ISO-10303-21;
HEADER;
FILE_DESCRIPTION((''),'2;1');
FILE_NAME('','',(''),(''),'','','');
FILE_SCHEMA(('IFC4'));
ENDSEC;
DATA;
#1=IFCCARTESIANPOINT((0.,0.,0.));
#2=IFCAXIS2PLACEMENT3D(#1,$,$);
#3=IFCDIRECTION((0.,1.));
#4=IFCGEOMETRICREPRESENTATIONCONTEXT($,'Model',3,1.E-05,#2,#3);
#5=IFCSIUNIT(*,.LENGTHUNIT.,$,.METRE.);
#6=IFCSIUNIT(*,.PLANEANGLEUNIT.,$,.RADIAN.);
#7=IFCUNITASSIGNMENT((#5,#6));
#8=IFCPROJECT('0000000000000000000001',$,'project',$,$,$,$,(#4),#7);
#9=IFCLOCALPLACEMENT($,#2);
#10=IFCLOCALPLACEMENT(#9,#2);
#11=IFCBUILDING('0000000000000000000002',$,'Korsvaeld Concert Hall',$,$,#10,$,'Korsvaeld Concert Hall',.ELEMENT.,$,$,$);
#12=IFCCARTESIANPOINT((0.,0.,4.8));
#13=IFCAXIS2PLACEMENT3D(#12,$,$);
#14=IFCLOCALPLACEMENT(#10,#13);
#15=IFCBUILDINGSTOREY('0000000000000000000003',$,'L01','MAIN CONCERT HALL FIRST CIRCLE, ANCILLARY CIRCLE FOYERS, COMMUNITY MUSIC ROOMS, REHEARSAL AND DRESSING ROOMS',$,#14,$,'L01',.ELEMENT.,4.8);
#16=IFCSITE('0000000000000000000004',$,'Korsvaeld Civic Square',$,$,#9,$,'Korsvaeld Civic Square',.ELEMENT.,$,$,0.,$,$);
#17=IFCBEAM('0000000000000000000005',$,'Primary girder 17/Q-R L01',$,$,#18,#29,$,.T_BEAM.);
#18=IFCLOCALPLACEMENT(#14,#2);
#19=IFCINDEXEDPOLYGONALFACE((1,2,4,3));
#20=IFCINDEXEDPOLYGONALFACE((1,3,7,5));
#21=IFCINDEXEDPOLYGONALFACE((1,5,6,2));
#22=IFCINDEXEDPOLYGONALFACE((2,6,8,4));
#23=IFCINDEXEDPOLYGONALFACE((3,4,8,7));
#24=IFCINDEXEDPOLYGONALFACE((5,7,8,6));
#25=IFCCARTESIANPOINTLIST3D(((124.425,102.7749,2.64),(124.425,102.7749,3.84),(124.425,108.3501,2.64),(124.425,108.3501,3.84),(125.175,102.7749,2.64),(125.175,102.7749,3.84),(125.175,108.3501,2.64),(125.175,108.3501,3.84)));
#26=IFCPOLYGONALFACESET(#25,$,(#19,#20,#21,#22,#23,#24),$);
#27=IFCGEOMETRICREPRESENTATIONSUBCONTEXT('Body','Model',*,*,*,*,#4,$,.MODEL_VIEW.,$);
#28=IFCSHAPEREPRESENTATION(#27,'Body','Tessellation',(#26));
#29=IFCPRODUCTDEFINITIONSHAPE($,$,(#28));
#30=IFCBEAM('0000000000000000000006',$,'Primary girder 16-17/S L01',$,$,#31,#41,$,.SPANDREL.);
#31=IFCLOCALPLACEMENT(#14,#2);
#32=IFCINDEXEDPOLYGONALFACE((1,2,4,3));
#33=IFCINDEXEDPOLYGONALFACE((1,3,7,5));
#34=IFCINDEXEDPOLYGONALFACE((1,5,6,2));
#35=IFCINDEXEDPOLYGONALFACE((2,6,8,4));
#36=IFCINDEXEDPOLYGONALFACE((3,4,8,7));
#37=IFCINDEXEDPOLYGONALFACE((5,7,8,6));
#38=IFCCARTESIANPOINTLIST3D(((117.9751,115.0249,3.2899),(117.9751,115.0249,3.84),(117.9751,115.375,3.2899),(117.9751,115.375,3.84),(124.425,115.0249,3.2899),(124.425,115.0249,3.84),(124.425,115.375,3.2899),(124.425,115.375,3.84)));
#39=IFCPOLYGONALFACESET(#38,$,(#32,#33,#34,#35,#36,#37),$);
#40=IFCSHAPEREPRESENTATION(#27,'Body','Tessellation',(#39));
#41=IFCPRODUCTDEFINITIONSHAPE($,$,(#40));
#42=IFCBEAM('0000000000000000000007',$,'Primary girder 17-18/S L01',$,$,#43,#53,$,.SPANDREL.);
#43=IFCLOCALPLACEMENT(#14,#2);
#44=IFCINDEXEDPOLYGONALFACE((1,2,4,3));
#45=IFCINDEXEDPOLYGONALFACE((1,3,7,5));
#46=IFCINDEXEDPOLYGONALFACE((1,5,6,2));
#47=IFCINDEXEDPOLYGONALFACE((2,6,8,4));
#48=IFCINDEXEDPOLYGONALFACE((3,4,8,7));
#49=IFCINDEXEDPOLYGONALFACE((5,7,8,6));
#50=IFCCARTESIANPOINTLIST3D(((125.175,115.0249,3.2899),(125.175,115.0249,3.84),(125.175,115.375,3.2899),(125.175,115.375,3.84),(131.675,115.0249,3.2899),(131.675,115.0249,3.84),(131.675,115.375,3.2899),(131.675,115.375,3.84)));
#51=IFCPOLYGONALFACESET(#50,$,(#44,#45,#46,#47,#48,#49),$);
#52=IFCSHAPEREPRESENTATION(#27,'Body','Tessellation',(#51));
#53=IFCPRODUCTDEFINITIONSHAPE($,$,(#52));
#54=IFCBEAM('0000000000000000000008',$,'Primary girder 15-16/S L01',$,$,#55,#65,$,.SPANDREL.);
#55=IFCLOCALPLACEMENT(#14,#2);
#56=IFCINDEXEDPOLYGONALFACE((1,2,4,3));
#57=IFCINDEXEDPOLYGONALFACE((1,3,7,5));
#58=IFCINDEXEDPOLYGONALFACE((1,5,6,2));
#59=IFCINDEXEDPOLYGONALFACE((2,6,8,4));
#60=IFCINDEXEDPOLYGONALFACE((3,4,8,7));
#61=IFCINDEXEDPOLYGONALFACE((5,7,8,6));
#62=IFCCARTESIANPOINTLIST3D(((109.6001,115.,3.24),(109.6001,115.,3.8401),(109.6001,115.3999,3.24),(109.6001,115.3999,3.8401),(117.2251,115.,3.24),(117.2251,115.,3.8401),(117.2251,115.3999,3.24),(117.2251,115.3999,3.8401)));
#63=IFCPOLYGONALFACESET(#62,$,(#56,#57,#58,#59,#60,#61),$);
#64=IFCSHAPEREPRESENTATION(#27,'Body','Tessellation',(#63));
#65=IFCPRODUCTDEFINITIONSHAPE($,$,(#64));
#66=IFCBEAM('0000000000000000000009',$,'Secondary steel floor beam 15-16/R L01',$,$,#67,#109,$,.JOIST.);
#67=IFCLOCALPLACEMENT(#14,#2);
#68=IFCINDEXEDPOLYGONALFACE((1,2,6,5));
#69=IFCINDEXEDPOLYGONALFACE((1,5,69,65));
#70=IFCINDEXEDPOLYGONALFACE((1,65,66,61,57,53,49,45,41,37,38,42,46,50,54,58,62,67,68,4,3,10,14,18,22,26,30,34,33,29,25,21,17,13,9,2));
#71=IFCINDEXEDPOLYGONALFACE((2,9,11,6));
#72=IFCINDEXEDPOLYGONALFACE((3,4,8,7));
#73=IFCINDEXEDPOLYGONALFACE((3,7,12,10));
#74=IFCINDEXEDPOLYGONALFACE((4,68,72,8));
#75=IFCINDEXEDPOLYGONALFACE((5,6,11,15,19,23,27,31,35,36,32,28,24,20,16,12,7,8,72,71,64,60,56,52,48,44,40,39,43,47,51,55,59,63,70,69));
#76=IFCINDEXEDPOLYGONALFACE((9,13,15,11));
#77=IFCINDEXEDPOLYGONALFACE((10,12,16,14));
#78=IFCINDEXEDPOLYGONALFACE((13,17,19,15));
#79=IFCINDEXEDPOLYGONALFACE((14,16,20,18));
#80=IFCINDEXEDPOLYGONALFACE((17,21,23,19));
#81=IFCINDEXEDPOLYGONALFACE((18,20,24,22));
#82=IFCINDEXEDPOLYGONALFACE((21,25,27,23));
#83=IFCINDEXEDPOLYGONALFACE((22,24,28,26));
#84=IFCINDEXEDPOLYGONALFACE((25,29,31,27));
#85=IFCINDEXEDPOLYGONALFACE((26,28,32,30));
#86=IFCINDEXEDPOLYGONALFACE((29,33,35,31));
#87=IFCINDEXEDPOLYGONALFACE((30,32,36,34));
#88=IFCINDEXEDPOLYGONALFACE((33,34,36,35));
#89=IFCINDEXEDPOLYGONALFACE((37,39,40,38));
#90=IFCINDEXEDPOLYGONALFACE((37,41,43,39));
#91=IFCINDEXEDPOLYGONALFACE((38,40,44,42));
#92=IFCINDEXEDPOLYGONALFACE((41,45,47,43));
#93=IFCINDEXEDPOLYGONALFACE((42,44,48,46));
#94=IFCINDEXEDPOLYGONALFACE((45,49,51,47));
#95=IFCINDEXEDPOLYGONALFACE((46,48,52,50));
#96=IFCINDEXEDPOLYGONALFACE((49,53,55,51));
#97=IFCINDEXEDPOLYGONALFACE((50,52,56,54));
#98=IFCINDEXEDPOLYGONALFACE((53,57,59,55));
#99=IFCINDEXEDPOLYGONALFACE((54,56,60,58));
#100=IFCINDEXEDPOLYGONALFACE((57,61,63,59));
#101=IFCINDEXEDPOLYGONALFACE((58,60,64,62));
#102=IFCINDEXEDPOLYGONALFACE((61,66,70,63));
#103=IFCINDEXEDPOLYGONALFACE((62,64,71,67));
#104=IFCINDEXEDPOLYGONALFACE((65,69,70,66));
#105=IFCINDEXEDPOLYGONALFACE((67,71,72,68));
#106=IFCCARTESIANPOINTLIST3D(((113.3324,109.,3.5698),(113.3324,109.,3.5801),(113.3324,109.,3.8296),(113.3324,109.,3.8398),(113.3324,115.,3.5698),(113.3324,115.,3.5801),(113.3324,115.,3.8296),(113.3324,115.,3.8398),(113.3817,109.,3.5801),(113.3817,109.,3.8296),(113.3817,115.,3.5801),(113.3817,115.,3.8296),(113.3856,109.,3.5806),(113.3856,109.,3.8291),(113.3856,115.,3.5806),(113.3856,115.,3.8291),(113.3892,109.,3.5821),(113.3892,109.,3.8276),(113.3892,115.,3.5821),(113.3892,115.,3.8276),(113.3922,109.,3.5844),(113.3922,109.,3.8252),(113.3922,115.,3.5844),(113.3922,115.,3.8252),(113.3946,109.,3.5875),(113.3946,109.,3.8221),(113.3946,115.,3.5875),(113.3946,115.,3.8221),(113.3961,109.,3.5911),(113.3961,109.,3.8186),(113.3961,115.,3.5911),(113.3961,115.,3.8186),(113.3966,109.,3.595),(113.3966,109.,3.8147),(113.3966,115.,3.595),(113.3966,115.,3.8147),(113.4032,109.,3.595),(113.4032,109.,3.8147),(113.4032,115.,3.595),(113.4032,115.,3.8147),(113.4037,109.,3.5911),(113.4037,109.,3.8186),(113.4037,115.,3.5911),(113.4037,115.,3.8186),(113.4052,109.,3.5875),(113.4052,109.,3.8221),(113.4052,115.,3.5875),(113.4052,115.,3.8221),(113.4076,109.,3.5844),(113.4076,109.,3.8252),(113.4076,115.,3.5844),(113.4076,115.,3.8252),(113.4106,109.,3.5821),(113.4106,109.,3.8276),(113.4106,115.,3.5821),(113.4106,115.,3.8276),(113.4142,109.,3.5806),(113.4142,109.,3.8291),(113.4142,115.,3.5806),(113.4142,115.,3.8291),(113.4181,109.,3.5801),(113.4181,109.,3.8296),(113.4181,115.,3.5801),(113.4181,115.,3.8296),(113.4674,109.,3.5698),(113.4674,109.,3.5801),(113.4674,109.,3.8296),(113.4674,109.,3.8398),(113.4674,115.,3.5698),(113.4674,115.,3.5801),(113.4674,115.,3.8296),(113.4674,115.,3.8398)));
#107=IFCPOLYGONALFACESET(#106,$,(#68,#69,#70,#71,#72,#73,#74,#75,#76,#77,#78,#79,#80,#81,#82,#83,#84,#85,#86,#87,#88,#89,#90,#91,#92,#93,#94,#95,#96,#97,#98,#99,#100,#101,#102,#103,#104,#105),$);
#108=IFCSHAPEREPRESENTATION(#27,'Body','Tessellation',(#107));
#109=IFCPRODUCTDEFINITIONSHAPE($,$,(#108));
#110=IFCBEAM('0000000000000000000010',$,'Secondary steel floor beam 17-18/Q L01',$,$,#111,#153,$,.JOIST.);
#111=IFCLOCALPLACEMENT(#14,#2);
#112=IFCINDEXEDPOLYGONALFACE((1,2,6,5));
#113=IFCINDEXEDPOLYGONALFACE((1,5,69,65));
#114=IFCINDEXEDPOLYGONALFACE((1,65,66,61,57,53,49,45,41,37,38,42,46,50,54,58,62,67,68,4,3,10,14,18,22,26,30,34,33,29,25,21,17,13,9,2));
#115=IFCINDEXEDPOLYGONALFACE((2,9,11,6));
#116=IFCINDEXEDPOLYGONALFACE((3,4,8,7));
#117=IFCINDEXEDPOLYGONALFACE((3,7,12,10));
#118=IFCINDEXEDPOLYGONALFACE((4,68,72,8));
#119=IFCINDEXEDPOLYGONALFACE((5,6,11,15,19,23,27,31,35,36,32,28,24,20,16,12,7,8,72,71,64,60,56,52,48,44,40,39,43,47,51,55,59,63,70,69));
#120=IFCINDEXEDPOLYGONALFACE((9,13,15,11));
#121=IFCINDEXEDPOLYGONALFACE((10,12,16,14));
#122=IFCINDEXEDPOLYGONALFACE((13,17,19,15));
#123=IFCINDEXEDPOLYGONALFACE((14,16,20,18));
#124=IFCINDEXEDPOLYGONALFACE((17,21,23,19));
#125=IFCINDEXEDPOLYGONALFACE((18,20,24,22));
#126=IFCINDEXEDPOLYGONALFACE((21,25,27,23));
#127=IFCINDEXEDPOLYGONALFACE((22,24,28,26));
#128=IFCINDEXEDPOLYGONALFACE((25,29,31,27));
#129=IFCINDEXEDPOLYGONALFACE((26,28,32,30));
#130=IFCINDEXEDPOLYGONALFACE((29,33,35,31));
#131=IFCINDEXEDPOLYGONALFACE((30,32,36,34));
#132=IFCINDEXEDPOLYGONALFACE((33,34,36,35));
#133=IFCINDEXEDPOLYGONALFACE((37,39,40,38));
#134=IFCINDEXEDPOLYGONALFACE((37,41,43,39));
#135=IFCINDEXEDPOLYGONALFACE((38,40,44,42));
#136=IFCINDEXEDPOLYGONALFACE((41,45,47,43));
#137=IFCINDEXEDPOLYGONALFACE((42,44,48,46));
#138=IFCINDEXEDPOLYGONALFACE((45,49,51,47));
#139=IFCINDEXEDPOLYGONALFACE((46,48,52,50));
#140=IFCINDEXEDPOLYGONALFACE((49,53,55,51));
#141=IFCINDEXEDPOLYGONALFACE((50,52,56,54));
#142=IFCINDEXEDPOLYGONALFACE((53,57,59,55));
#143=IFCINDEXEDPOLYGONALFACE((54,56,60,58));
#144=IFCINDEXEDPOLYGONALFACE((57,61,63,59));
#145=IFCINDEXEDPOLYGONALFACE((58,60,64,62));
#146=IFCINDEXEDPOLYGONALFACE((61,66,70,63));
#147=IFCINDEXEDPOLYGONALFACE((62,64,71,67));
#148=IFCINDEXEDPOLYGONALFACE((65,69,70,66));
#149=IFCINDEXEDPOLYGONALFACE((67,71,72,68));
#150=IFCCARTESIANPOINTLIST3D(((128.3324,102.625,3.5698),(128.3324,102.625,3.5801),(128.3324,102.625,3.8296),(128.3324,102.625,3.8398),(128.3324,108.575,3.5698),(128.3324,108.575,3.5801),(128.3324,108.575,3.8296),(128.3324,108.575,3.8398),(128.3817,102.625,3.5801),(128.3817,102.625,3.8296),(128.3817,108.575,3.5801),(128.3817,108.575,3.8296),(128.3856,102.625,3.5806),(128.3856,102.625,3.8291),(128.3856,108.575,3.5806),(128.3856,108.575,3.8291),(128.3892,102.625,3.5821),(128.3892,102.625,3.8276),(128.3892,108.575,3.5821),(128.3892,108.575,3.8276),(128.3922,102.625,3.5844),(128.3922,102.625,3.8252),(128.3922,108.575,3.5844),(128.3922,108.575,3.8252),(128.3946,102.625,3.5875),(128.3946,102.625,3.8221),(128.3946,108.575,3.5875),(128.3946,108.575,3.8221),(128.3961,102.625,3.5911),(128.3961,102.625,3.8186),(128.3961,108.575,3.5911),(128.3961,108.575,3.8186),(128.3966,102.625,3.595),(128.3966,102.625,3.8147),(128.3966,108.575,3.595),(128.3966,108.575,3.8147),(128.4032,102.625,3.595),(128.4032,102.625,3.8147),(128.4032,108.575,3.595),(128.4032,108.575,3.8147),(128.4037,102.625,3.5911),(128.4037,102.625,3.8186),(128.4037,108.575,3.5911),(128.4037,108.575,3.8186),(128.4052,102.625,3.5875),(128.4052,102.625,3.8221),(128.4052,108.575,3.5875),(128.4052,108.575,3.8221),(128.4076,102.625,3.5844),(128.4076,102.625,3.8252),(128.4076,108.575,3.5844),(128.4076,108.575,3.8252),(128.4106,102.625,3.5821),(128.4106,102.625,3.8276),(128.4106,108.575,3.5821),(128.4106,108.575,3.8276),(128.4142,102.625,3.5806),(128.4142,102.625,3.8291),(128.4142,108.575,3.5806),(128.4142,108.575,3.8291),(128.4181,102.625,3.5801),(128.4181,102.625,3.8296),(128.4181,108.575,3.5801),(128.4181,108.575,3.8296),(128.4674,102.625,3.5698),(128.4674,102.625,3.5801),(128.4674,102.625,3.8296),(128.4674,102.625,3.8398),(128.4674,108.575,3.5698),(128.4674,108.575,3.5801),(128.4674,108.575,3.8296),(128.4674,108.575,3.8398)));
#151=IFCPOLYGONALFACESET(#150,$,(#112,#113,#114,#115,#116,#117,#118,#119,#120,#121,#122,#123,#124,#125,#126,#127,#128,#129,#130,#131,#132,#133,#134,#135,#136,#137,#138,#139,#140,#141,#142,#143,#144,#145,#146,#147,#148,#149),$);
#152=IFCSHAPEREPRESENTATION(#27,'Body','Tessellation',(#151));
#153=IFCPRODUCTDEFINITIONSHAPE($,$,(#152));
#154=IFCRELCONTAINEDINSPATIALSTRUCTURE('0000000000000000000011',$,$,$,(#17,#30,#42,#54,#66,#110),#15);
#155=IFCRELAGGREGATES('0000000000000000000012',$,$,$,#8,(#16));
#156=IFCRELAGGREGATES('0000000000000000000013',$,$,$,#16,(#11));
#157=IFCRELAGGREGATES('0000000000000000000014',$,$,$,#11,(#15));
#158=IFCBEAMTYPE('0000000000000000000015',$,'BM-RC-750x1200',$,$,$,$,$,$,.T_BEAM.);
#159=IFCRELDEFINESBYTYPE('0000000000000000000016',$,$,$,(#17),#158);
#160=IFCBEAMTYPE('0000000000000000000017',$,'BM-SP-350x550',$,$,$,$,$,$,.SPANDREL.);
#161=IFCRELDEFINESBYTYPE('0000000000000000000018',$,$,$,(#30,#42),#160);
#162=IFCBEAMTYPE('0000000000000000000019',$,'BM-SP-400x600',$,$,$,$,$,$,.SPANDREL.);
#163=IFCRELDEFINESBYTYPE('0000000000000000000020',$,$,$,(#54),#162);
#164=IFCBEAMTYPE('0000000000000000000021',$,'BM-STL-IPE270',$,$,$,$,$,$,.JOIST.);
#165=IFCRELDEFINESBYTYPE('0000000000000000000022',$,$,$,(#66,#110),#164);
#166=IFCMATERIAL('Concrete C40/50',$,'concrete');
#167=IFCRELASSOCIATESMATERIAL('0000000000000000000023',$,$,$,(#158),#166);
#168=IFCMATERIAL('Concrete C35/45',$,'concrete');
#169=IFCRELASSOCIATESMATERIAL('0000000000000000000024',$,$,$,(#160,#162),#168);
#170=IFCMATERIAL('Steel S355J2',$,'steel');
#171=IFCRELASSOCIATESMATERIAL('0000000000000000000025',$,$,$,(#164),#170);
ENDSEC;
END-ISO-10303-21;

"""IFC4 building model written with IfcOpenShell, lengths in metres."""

from ifc_helpers import new_model, si_unit, direction, frame, origin, origin_2d, place, context, subcontext, project, spatial, rectangle, i_section, extrude, material, material_profile, profile_set, type_object, element, save


model = new_model("IFC4")

# Units and contexts
model_context = context("Model", 3, precision=1e-05, world=origin(), true_north=direction((0.0, 1.0)))
body_context = subcontext(model_context, "Body", "Model", "MODEL_VIEW")
ifc_project = project(units=[si_unit("LENGTHUNIT", "METRE"), si_unit("PLANEANGLEUNIT", "RADIAN")], contexts=[model_context])

# Site, building, storey
site_placement = place(None, origin())
site = spatial("IfcSite", under=ifc_project, at=site_placement, Name="Korsvaeld Civic Square", LongName="Korsvaeld Civic Square", CompositionType="ELEMENT", RefElevation=0.0)
building_placement = place(site_placement, origin())
building = spatial("IfcBuilding", under=site, at=building_placement, Name="Korsvaeld Concert Hall", LongName="Korsvaeld Concert Hall", CompositionType="ELEMENT")
storey_placement = place(building_placement, frame((0.0, 0.0, 4.8)))
storey = spatial("IfcBuildingStorey", under=building, at=storey_placement, Name="L01", Description="MAIN CONCERT HALL FIRST CIRCLE, ANCILLARY CIRCLE FOYERS, COMMUNITY MUSIC ROOMS, REHEARSAL AND DRESSING ROOMS", LongName="L01", CompositionType="ELEMENT", Elevation=4.8)

# Shared definitions
ifc_material_1 = material(Name="Concrete C40/50", Category="concrete")

# Beams
ifc_material_2 = material(Name="Concrete C35/45", Category="concrete")
ifc_material_profile_1 = material_profile(ifc_material_1, rectangle(XDim=0.75, YDim=1.2, at=origin_2d()), Name="RC 750x1200")
ifc_profile_set_1 = profile_set([ifc_material_profile_1], Name="Concrete C40/50")
beam_type_1 = type_object("IfcBeamType", Name="BM-RC-750x1200", PredefinedType="T_BEAM", material=ifc_profile_set_1)
beam_1_placement = place(storey_placement, frame((124.8, 102.7749, 3.24), z_axis=(0.0, 1.0, 0.0), x_axis=(-1.0, 0.0, 0.0)))
element("IfcBeam", 1, at=beam_1_placement, inside=storey, type_object=beam_type_1, Name="Primary girder 17/Q-R L01", PredefinedType="T_BEAM", context=body_context, shape_type="SweptSolid", body=[
    extrude(rectangle(XDim=0.75, YDim=1.2, at=origin_2d()), origin(), (0.0, 0.0, 1.0), 5.5752),
])
ifc_material_profile_2 = material_profile(ifc_material_2, rectangle(XDim=0.3501, YDim=0.55, at=origin_2d()), Name="RC 350x550")
ifc_profile_set_2 = profile_set([ifc_material_profile_2], Name="Concrete C35/45")
beam_type_2 = type_object("IfcBeamType", Name="BM-SP-350x550", PredefinedType="SPANDREL", material=ifc_profile_set_2)
beam_2_placement = place(storey_placement, frame((117.9751, 115.2, 3.5649), z_axis=(1.0, 0.0, 0.0), x_axis=(0.0, 1.0, 0.0)))
element("IfcBeam", 2, at=beam_2_placement, inside=storey, type_object=beam_type_2, Name="Primary girder 16-17/S L01", PredefinedType="SPANDREL", context=body_context, shape_type="SweptSolid", body=[
    extrude(rectangle(XDim=0.3501, YDim=0.55, at=origin_2d()), origin(), (0.0, 0.0, 1.0), 6.45),
])
beam_3_placement = place(storey_placement, frame((125.175, 115.2, 3.5649), z_axis=(1.0, 0.0, 0.0), x_axis=(0.0, 1.0, 0.0)))
element("IfcBeam", 3, at=beam_3_placement, inside=storey, type_object=beam_type_2, Name="Primary girder 17-18/S L01", PredefinedType="SPANDREL", context=body_context, shape_type="SweptSolid", body=[
    extrude(rectangle(XDim=0.3501, YDim=0.55, at=origin_2d()), origin(), (0.0, 0.0, 1.0), 6.5),
])
ifc_material_profile_3 = material_profile(ifc_material_2, rectangle(XDim=0.3999, YDim=0.6001, at=origin_2d()), Name="RC 400x600")
ifc_profile_set_3 = profile_set([ifc_material_profile_3], Name="Concrete C35/45")
beam_type_3 = type_object("IfcBeamType", Name="BM-SP-400x600", PredefinedType="SPANDREL", material=ifc_profile_set_3)
beam_4_placement = place(storey_placement, frame((109.6001, 115.2, 3.54), z_axis=(1.0, 0.0, 0.0), x_axis=(0.0, 1.0, 0.0)))
element("IfcBeam", 4, at=beam_4_placement, inside=storey, type_object=beam_type_3, Name="Primary girder 15-16/S L01", PredefinedType="SPANDREL", context=body_context, shape_type="SweptSolid", body=[
    extrude(rectangle(XDim=0.3999, YDim=0.6001, at=origin_2d()), origin(), (0.0, 0.0, 1.0), 7.625),
])
ifc_material_3 = material(Name="Steel S355J2", Category="steel")
ifc_material_profile_4 = material_profile(ifc_material_3, i_section(OverallWidth=0.135, OverallDepth=0.27, WebThickness=0.0066, FlangeThickness=0.0103, FilletRadius=0.0149, at=origin_2d()), Name="IPE 270")
ifc_profile_set_4 = profile_set([ifc_material_profile_4], Name="Steel S355J2")
beam_type_4 = type_object("IfcBeamType", Name="BM-STL-IPE270", PredefinedType="JOIST", material=ifc_profile_set_4)
beam_5_placement = place(storey_placement, frame((113.3999, 109.0, 3.7048), z_axis=(0.0, 1.0, 0.0), x_axis=(-1.0, 0.0, 0.0)))
element("IfcBeam", 5, at=beam_5_placement, inside=storey, type_object=beam_type_4, Name="Secondary steel floor beam 15-16/R L01", PredefinedType="JOIST", context=body_context, shape_type="SweptSolid", body=[
    extrude(i_section(OverallWidth=0.135, OverallDepth=0.27, WebThickness=0.0066, FlangeThickness=0.0103, FilletRadius=0.0149, at=origin_2d()), origin(), (0.0, 0.0, 1.0), 6.0),
])
beam_6_placement = place(storey_placement, frame((128.3999, 102.625, 3.7048), z_axis=(0.0, 1.0, 0.0), x_axis=(-1.0, 0.0, 0.0)))
element("IfcBeam", 6, at=beam_6_placement, inside=storey, type_object=beam_type_4, Name="Secondary steel floor beam 17-18/Q L01", PredefinedType="JOIST", context=body_context, shape_type="SweptSolid", body=[
    extrude(i_section(OverallWidth=0.135, OverallDepth=0.27, WebThickness=0.0066, FlangeThickness=0.0103, FilletRadius=0.0149, at=origin_2d()), origin(), (0.0, 0.0, 1.0), 5.95),
])

save(model, "model.ifc")
